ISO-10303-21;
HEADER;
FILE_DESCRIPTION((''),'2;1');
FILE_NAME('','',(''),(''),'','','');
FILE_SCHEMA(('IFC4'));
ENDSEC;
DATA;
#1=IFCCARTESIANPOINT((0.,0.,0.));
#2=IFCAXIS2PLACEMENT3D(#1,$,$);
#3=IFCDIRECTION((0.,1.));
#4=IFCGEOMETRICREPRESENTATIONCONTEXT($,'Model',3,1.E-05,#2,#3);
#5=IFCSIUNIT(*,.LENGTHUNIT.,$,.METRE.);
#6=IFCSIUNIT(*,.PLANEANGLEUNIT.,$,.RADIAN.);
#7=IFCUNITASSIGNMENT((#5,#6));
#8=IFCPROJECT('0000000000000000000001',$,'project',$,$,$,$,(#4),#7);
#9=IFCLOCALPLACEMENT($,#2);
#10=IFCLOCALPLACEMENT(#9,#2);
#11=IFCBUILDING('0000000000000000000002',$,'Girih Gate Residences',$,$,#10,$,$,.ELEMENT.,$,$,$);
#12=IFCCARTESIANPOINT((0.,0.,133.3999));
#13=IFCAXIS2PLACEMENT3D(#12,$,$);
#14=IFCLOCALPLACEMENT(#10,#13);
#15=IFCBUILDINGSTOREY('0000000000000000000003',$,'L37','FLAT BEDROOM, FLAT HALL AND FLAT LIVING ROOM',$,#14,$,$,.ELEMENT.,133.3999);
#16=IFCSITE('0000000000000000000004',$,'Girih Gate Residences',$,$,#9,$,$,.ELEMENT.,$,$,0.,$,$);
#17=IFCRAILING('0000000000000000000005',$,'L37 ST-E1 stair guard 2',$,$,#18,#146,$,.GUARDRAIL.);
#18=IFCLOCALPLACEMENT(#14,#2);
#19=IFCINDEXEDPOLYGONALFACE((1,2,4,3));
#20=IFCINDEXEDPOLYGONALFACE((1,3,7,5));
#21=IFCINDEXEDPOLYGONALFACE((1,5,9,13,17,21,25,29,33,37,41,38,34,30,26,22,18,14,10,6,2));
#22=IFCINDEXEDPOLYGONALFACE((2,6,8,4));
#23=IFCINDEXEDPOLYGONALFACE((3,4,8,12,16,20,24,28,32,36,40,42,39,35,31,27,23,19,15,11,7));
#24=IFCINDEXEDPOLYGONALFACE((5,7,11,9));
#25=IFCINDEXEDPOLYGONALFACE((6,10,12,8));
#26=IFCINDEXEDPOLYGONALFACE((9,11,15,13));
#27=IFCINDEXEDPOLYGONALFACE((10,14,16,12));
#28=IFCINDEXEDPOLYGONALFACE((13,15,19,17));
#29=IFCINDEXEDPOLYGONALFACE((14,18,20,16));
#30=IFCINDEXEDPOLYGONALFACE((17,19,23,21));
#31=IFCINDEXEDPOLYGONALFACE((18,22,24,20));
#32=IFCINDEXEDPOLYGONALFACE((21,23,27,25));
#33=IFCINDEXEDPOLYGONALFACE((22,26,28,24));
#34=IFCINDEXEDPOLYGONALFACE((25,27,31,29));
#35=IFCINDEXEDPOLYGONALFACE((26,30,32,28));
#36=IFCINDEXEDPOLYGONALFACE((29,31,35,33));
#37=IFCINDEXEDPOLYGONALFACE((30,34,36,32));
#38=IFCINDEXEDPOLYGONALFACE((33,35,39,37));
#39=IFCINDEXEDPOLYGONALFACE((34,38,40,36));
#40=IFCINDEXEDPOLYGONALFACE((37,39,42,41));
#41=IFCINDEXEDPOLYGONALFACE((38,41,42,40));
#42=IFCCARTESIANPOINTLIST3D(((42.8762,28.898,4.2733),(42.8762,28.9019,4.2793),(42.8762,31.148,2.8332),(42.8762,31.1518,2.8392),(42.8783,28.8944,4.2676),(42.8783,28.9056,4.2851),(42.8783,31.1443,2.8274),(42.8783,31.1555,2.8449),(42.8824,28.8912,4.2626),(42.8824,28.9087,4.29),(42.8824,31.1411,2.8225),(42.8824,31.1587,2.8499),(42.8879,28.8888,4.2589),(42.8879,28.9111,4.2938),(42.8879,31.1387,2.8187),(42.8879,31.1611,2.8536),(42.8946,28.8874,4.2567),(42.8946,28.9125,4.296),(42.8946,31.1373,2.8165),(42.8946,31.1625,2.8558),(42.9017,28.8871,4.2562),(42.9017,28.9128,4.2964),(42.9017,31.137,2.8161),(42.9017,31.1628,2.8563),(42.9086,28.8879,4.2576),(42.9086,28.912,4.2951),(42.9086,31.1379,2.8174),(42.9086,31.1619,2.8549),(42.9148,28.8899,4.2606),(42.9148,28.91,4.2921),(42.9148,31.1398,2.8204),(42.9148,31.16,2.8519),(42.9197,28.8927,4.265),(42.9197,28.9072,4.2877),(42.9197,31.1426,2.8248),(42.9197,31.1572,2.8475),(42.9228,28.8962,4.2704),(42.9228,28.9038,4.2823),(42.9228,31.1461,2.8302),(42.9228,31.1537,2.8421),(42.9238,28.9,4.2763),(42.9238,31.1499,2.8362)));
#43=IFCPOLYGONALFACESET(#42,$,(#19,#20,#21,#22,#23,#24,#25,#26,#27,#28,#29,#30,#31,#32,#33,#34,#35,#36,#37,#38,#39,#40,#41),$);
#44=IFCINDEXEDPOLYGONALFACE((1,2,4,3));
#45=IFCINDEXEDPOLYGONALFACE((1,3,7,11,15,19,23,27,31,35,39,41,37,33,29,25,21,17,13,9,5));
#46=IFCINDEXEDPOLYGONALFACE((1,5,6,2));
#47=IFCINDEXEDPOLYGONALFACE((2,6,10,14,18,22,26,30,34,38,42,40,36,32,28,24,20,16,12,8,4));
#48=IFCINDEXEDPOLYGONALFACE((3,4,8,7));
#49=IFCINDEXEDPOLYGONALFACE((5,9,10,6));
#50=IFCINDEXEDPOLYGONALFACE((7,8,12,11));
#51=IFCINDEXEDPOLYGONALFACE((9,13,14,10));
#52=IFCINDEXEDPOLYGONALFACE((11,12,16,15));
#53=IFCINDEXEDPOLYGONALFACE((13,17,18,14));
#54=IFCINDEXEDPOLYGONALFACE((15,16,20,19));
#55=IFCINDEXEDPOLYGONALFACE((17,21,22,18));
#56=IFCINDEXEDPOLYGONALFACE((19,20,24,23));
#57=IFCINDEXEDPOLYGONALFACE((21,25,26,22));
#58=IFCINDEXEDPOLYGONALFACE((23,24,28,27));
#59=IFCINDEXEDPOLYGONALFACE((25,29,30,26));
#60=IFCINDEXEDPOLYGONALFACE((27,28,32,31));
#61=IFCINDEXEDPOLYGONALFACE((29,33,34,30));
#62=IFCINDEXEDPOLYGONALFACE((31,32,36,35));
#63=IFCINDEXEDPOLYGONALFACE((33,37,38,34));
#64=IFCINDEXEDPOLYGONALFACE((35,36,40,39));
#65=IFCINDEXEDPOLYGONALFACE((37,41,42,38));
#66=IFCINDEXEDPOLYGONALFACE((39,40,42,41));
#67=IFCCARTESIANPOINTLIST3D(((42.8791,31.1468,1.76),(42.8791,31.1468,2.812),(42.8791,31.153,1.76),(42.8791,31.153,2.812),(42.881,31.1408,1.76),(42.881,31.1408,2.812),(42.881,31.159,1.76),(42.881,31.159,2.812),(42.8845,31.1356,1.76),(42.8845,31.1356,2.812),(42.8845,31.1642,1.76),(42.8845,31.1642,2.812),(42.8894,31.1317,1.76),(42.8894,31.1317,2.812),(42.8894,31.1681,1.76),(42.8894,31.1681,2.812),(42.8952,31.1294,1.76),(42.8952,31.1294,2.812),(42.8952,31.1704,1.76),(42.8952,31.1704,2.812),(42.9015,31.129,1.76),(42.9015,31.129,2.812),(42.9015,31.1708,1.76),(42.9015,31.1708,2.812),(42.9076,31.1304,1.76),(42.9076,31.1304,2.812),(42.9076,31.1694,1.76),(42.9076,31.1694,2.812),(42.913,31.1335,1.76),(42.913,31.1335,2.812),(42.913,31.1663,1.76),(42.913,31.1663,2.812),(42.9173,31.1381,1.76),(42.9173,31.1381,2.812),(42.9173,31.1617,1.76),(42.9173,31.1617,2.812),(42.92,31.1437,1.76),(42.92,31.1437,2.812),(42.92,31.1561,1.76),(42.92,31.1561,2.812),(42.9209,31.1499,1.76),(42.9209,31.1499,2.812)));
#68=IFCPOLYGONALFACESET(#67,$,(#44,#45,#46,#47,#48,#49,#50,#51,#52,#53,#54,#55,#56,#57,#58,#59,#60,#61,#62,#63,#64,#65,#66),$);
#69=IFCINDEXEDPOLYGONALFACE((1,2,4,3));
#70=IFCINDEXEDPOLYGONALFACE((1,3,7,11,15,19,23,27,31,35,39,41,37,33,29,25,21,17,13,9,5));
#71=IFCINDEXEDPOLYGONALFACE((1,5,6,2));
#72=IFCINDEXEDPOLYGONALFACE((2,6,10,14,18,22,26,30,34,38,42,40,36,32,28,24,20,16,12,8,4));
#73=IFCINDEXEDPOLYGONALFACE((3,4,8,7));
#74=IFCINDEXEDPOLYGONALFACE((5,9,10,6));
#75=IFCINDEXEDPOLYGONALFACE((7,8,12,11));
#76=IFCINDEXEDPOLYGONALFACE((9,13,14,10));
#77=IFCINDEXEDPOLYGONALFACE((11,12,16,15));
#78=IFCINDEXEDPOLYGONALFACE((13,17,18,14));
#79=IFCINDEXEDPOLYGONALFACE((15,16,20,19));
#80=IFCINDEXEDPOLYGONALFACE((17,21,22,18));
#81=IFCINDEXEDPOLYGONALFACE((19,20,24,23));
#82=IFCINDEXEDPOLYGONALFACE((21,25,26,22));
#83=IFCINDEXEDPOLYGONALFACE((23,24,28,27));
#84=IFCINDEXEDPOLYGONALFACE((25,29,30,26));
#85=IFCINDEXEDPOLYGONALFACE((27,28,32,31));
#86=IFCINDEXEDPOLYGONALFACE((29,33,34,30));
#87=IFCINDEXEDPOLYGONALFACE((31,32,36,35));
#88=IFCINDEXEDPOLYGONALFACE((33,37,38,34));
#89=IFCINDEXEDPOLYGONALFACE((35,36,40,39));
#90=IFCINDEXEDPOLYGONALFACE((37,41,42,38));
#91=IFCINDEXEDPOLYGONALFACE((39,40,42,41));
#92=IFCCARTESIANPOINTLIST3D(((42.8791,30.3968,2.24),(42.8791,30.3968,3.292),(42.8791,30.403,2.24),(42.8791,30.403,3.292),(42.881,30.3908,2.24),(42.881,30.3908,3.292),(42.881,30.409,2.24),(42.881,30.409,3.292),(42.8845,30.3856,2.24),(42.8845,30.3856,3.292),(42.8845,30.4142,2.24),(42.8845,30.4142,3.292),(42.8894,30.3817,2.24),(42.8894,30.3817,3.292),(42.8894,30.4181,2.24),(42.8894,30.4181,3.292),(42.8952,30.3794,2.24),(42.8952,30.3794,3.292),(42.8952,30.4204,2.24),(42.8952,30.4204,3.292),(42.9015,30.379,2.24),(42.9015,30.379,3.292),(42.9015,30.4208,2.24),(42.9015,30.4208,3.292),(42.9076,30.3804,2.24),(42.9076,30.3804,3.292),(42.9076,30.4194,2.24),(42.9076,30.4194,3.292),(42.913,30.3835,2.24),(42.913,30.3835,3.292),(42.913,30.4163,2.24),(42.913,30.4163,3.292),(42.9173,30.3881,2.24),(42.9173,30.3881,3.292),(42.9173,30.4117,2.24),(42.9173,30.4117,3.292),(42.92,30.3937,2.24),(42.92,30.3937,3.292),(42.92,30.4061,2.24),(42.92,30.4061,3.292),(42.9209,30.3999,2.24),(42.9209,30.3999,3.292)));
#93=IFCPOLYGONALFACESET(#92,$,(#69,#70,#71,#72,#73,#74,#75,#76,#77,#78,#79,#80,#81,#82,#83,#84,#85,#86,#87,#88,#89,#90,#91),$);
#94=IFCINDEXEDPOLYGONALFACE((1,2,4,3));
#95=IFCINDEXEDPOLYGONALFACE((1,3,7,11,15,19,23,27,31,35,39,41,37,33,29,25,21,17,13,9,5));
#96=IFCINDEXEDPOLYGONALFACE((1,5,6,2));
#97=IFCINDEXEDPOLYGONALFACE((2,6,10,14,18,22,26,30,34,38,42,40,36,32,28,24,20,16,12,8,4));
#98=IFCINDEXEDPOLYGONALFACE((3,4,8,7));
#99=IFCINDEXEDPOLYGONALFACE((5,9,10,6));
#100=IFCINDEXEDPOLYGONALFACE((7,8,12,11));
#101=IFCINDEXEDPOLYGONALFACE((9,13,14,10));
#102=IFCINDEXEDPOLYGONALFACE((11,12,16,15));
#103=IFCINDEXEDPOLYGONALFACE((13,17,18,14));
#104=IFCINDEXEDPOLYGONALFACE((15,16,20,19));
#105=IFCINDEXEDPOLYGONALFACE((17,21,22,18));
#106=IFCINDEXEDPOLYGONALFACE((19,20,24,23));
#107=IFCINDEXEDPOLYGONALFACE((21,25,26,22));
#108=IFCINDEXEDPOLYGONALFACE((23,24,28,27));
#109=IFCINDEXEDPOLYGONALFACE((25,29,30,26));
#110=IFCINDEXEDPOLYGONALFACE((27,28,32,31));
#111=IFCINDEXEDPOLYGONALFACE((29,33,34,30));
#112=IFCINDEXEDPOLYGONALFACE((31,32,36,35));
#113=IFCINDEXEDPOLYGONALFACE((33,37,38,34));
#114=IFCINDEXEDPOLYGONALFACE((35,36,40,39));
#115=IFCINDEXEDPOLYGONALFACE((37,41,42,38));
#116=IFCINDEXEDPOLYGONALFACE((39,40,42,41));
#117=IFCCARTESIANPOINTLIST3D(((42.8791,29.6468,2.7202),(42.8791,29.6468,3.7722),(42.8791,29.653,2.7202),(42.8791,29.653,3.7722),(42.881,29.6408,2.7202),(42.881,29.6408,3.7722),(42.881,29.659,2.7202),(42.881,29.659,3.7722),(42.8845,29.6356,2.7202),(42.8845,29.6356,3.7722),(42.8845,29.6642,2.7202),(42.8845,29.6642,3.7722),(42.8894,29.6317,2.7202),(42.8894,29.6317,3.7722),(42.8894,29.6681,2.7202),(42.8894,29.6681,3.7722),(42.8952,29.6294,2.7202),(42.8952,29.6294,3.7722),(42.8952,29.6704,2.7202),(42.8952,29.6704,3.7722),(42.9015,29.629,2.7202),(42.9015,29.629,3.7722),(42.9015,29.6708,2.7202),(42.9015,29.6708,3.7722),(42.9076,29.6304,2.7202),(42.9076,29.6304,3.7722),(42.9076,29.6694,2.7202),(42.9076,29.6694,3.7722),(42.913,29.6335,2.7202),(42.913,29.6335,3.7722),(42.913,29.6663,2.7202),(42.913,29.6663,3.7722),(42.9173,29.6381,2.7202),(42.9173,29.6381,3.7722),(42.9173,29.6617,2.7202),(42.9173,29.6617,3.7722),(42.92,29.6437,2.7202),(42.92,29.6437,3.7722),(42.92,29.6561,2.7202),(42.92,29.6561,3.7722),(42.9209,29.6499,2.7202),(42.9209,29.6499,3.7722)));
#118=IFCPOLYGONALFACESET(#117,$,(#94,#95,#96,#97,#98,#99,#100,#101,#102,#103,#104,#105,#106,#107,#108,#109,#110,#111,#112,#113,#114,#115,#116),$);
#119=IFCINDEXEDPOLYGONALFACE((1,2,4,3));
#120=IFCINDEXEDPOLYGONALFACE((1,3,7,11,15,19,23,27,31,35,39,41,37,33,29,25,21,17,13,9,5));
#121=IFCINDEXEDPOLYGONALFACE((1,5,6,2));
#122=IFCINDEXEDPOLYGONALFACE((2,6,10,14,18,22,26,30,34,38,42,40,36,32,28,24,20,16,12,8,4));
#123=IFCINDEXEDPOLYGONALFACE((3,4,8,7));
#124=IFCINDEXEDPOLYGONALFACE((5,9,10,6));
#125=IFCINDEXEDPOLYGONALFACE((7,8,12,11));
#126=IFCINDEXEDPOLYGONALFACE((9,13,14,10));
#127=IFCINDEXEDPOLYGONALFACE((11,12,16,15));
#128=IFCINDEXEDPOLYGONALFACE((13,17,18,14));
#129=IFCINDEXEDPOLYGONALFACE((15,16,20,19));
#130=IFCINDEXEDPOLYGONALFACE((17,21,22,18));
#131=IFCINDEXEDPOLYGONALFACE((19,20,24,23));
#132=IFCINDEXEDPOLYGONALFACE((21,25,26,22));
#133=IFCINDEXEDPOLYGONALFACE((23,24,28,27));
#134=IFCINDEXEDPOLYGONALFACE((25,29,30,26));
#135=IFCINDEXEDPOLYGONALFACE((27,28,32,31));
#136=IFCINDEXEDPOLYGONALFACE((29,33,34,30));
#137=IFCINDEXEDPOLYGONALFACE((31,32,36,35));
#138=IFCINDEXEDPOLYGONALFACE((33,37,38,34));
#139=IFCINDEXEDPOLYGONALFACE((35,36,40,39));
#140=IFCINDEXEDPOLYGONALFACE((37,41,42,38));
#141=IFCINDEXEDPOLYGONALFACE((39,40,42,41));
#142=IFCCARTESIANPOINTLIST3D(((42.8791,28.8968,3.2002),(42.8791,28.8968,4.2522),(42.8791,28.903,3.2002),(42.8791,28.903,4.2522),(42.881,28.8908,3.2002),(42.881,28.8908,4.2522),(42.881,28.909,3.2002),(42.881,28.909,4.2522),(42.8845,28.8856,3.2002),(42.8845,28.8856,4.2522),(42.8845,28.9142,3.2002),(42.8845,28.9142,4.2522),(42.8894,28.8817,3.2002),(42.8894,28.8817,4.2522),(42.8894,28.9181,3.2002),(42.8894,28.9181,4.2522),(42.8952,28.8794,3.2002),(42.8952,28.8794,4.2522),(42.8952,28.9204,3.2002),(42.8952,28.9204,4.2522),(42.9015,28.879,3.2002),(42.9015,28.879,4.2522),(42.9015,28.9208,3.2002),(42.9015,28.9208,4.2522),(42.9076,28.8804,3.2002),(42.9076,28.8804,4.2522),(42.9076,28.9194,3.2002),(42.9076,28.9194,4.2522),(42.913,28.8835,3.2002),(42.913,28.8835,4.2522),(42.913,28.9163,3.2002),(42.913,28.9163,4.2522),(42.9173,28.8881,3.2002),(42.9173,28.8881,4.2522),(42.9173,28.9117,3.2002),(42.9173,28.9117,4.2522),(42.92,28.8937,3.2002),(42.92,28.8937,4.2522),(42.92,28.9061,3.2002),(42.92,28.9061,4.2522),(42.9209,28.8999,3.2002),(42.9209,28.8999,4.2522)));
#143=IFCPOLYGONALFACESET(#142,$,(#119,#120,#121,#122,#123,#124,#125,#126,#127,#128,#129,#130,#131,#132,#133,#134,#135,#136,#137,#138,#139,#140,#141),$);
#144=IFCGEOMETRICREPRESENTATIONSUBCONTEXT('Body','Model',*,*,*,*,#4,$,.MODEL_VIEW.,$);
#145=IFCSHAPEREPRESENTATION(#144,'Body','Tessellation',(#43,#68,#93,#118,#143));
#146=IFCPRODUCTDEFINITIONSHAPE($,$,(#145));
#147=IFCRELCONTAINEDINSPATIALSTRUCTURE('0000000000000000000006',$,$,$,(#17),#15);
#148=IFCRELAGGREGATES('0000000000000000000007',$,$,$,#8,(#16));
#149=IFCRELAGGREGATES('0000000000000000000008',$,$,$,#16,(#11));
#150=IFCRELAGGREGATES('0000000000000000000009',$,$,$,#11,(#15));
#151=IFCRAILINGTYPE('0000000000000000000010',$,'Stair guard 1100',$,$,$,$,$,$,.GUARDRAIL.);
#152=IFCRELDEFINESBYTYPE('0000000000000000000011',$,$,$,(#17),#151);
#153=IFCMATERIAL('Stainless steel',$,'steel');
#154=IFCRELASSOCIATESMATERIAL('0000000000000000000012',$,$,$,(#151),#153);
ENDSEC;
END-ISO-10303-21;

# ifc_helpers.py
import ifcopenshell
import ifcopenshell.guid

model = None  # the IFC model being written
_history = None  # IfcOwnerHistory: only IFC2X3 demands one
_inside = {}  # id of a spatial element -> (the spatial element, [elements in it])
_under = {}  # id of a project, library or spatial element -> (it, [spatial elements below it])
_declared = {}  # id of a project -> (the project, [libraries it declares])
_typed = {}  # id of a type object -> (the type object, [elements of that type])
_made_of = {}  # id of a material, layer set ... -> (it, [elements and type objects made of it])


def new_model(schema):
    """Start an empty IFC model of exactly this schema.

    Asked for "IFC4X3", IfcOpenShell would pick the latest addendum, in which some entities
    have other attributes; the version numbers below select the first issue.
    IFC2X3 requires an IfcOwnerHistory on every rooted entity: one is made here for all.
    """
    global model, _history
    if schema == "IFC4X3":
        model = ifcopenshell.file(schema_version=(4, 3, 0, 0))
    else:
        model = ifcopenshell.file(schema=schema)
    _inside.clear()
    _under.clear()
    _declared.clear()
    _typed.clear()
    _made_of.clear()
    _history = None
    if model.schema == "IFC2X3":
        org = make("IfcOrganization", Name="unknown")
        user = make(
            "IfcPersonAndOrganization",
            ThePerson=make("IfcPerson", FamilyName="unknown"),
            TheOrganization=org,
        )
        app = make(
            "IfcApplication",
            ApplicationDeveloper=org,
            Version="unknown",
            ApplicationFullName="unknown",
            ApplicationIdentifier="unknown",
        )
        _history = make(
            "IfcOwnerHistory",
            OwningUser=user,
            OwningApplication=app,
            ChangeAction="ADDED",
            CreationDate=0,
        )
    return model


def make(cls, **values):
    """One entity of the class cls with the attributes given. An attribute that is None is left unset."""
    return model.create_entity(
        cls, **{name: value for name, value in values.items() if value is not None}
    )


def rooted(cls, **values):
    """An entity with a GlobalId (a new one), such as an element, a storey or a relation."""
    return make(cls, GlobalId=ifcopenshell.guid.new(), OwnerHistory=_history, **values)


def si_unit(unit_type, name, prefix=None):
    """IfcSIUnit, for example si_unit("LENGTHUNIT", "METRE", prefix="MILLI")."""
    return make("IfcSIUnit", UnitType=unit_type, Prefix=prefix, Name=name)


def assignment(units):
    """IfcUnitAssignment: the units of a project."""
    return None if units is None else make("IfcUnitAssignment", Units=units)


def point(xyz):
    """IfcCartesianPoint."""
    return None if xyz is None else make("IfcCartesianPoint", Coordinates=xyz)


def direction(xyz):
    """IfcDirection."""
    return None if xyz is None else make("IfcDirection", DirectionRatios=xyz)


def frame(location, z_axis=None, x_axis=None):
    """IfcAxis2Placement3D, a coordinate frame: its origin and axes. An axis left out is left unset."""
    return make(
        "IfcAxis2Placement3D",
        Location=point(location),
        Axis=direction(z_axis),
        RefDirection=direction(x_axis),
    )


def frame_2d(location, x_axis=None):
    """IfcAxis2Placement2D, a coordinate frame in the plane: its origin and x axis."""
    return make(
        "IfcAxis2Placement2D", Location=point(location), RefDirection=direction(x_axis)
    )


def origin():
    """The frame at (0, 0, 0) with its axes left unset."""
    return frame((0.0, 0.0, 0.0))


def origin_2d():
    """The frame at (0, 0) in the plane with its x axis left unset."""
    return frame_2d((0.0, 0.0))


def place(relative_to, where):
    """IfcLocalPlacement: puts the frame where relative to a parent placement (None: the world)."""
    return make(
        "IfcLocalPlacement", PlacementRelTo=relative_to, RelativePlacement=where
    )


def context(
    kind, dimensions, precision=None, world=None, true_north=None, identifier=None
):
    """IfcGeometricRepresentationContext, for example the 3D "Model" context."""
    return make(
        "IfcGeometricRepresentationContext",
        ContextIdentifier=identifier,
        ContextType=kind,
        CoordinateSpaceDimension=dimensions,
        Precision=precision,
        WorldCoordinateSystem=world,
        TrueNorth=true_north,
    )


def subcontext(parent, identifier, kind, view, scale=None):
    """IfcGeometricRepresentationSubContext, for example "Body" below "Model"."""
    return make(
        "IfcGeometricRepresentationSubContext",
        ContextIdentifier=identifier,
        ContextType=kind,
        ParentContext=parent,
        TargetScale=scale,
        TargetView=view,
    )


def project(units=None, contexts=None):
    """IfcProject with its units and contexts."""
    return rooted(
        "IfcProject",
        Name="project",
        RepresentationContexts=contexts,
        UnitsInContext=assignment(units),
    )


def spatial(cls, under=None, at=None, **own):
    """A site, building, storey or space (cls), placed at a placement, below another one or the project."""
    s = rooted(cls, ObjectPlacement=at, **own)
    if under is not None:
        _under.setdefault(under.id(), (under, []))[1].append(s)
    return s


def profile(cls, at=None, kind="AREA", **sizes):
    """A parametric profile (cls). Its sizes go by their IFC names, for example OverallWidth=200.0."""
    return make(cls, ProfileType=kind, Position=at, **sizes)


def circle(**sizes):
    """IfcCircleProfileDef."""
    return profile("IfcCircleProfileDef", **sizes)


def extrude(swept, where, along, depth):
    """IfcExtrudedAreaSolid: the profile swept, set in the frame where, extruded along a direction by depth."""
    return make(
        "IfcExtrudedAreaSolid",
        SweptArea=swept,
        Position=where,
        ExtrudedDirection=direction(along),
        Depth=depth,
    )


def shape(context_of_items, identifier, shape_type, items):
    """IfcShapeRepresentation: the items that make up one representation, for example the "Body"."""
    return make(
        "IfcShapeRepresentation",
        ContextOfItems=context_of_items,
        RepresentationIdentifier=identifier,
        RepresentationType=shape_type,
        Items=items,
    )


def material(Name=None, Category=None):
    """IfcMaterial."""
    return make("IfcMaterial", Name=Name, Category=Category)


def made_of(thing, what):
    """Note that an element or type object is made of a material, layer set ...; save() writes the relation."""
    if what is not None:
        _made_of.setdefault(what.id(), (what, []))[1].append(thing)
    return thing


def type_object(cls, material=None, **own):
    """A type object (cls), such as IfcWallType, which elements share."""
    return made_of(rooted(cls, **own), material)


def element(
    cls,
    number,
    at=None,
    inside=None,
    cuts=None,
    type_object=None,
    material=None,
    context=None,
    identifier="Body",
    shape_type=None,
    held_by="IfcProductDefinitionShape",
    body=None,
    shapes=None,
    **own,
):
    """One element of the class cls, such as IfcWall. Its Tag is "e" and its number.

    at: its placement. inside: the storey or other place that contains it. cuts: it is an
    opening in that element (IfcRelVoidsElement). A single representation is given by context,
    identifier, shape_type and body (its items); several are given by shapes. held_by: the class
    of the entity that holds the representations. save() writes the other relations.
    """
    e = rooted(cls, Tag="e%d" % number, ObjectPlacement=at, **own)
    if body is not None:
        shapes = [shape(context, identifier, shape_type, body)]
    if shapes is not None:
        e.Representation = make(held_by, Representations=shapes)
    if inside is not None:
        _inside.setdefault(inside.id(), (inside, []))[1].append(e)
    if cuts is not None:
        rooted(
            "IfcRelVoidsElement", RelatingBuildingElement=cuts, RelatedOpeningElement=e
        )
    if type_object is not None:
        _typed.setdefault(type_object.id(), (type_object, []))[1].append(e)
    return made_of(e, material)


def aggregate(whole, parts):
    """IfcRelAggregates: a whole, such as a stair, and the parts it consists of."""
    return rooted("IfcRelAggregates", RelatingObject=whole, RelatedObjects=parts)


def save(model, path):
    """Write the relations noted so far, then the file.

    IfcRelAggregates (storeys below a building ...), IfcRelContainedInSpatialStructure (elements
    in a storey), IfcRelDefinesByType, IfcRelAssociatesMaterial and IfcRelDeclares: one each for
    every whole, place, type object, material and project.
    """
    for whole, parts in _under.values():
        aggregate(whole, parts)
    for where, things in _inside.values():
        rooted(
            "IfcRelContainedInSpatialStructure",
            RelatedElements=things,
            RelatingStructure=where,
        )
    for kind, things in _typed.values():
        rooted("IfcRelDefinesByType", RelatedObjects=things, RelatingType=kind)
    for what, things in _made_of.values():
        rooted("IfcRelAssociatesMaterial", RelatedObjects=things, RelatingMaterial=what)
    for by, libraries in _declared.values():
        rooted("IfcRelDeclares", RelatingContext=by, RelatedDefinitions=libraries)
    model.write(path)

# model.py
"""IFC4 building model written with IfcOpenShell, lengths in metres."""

from ifc_helpers import new_model, si_unit, direction, frame, origin, origin_2d, place, context, subcontext, project, spatial, circle, extrude, material, type_object, element, save


model = new_model("IFC4")

# Units and contexts
model_context = context("Model", 3, precision=1e-05, world=origin(), true_north=direction((0.0, 1.0)))
body_context = subcontext(model_context, "Body", "Model", "MODEL_VIEW")
ifc_project = project(units=[si_unit("LENGTHUNIT", "METRE"), si_unit("PLANEANGLEUNIT", "RADIAN")], contexts=[model_context])

# Site, building, storey
site_placement = place(None, origin())
site = spatial("IfcSite", under=ifc_project, at=site_placement, Name="Girih Gate Residences", CompositionType="ELEMENT", RefElevation=0.0)
building_placement = place(site_placement, origin())
building = spatial("IfcBuilding", under=site, at=building_placement, Name="Girih Gate Residences", CompositionType="ELEMENT")
storey_placement = place(building_placement, frame((0.0, 0.0, 133.3999)))
storey = spatial("IfcBuildingStorey", under=building, at=storey_placement, Name="L37", Description="FLAT BEDROOM, FLAT HALL AND FLAT LIVING ROOM", CompositionType="ELEMENT", Elevation=133.3999)

# Railing
ifc_material_1 = material(Name="Stainless steel", Category="steel")
railing_type_1 = type_object("IfcRailingType", Name="Stair guard 1100", PredefinedType="GUARDRAIL", material=ifc_material_1)
railing_1_placement = place(storey_placement, frame((42.8999, 31.1499, 1.76)))
element("IfcRailing", 1, at=railing_1_placement, inside=storey, type_object=railing_type_1, Name="L37 ST-E1 stair guard 2", PredefinedType="GUARDRAIL", context=body_context, shape_type="SweptSolid", body=[
    extrude(circle(Radius=0.0239, at=origin_2d()), frame((0.0, 0.0, 1.0762), z_axis=(0.0, -0.84224, 0.539103), x_axis=(1.0, 0.0, 0.0)), (0.0, 0.0, 1.0), 2.6714),
    extrude(circle(Radius=0.021, at=origin_2d()), origin(), (0.0, 0.0, 1.0), 1.052),
    extrude(circle(Radius=0.021, at=origin_2d()), frame((0.0, -0.75, 0.48)), (0.0, 0.0, 1.0), 1.052),
    extrude(circle(Radius=0.021, at=origin_2d()), frame((0.0, -1.5, 0.9602)), (0.0, 0.0, 1.0), 1.052),
    extrude(circle(Radius=0.021, at=origin_2d()), frame((0.0, -2.25, 1.4402)), (0.0, 0.0, 1.0), 1.052),
])

save(model, "model.ifc")
